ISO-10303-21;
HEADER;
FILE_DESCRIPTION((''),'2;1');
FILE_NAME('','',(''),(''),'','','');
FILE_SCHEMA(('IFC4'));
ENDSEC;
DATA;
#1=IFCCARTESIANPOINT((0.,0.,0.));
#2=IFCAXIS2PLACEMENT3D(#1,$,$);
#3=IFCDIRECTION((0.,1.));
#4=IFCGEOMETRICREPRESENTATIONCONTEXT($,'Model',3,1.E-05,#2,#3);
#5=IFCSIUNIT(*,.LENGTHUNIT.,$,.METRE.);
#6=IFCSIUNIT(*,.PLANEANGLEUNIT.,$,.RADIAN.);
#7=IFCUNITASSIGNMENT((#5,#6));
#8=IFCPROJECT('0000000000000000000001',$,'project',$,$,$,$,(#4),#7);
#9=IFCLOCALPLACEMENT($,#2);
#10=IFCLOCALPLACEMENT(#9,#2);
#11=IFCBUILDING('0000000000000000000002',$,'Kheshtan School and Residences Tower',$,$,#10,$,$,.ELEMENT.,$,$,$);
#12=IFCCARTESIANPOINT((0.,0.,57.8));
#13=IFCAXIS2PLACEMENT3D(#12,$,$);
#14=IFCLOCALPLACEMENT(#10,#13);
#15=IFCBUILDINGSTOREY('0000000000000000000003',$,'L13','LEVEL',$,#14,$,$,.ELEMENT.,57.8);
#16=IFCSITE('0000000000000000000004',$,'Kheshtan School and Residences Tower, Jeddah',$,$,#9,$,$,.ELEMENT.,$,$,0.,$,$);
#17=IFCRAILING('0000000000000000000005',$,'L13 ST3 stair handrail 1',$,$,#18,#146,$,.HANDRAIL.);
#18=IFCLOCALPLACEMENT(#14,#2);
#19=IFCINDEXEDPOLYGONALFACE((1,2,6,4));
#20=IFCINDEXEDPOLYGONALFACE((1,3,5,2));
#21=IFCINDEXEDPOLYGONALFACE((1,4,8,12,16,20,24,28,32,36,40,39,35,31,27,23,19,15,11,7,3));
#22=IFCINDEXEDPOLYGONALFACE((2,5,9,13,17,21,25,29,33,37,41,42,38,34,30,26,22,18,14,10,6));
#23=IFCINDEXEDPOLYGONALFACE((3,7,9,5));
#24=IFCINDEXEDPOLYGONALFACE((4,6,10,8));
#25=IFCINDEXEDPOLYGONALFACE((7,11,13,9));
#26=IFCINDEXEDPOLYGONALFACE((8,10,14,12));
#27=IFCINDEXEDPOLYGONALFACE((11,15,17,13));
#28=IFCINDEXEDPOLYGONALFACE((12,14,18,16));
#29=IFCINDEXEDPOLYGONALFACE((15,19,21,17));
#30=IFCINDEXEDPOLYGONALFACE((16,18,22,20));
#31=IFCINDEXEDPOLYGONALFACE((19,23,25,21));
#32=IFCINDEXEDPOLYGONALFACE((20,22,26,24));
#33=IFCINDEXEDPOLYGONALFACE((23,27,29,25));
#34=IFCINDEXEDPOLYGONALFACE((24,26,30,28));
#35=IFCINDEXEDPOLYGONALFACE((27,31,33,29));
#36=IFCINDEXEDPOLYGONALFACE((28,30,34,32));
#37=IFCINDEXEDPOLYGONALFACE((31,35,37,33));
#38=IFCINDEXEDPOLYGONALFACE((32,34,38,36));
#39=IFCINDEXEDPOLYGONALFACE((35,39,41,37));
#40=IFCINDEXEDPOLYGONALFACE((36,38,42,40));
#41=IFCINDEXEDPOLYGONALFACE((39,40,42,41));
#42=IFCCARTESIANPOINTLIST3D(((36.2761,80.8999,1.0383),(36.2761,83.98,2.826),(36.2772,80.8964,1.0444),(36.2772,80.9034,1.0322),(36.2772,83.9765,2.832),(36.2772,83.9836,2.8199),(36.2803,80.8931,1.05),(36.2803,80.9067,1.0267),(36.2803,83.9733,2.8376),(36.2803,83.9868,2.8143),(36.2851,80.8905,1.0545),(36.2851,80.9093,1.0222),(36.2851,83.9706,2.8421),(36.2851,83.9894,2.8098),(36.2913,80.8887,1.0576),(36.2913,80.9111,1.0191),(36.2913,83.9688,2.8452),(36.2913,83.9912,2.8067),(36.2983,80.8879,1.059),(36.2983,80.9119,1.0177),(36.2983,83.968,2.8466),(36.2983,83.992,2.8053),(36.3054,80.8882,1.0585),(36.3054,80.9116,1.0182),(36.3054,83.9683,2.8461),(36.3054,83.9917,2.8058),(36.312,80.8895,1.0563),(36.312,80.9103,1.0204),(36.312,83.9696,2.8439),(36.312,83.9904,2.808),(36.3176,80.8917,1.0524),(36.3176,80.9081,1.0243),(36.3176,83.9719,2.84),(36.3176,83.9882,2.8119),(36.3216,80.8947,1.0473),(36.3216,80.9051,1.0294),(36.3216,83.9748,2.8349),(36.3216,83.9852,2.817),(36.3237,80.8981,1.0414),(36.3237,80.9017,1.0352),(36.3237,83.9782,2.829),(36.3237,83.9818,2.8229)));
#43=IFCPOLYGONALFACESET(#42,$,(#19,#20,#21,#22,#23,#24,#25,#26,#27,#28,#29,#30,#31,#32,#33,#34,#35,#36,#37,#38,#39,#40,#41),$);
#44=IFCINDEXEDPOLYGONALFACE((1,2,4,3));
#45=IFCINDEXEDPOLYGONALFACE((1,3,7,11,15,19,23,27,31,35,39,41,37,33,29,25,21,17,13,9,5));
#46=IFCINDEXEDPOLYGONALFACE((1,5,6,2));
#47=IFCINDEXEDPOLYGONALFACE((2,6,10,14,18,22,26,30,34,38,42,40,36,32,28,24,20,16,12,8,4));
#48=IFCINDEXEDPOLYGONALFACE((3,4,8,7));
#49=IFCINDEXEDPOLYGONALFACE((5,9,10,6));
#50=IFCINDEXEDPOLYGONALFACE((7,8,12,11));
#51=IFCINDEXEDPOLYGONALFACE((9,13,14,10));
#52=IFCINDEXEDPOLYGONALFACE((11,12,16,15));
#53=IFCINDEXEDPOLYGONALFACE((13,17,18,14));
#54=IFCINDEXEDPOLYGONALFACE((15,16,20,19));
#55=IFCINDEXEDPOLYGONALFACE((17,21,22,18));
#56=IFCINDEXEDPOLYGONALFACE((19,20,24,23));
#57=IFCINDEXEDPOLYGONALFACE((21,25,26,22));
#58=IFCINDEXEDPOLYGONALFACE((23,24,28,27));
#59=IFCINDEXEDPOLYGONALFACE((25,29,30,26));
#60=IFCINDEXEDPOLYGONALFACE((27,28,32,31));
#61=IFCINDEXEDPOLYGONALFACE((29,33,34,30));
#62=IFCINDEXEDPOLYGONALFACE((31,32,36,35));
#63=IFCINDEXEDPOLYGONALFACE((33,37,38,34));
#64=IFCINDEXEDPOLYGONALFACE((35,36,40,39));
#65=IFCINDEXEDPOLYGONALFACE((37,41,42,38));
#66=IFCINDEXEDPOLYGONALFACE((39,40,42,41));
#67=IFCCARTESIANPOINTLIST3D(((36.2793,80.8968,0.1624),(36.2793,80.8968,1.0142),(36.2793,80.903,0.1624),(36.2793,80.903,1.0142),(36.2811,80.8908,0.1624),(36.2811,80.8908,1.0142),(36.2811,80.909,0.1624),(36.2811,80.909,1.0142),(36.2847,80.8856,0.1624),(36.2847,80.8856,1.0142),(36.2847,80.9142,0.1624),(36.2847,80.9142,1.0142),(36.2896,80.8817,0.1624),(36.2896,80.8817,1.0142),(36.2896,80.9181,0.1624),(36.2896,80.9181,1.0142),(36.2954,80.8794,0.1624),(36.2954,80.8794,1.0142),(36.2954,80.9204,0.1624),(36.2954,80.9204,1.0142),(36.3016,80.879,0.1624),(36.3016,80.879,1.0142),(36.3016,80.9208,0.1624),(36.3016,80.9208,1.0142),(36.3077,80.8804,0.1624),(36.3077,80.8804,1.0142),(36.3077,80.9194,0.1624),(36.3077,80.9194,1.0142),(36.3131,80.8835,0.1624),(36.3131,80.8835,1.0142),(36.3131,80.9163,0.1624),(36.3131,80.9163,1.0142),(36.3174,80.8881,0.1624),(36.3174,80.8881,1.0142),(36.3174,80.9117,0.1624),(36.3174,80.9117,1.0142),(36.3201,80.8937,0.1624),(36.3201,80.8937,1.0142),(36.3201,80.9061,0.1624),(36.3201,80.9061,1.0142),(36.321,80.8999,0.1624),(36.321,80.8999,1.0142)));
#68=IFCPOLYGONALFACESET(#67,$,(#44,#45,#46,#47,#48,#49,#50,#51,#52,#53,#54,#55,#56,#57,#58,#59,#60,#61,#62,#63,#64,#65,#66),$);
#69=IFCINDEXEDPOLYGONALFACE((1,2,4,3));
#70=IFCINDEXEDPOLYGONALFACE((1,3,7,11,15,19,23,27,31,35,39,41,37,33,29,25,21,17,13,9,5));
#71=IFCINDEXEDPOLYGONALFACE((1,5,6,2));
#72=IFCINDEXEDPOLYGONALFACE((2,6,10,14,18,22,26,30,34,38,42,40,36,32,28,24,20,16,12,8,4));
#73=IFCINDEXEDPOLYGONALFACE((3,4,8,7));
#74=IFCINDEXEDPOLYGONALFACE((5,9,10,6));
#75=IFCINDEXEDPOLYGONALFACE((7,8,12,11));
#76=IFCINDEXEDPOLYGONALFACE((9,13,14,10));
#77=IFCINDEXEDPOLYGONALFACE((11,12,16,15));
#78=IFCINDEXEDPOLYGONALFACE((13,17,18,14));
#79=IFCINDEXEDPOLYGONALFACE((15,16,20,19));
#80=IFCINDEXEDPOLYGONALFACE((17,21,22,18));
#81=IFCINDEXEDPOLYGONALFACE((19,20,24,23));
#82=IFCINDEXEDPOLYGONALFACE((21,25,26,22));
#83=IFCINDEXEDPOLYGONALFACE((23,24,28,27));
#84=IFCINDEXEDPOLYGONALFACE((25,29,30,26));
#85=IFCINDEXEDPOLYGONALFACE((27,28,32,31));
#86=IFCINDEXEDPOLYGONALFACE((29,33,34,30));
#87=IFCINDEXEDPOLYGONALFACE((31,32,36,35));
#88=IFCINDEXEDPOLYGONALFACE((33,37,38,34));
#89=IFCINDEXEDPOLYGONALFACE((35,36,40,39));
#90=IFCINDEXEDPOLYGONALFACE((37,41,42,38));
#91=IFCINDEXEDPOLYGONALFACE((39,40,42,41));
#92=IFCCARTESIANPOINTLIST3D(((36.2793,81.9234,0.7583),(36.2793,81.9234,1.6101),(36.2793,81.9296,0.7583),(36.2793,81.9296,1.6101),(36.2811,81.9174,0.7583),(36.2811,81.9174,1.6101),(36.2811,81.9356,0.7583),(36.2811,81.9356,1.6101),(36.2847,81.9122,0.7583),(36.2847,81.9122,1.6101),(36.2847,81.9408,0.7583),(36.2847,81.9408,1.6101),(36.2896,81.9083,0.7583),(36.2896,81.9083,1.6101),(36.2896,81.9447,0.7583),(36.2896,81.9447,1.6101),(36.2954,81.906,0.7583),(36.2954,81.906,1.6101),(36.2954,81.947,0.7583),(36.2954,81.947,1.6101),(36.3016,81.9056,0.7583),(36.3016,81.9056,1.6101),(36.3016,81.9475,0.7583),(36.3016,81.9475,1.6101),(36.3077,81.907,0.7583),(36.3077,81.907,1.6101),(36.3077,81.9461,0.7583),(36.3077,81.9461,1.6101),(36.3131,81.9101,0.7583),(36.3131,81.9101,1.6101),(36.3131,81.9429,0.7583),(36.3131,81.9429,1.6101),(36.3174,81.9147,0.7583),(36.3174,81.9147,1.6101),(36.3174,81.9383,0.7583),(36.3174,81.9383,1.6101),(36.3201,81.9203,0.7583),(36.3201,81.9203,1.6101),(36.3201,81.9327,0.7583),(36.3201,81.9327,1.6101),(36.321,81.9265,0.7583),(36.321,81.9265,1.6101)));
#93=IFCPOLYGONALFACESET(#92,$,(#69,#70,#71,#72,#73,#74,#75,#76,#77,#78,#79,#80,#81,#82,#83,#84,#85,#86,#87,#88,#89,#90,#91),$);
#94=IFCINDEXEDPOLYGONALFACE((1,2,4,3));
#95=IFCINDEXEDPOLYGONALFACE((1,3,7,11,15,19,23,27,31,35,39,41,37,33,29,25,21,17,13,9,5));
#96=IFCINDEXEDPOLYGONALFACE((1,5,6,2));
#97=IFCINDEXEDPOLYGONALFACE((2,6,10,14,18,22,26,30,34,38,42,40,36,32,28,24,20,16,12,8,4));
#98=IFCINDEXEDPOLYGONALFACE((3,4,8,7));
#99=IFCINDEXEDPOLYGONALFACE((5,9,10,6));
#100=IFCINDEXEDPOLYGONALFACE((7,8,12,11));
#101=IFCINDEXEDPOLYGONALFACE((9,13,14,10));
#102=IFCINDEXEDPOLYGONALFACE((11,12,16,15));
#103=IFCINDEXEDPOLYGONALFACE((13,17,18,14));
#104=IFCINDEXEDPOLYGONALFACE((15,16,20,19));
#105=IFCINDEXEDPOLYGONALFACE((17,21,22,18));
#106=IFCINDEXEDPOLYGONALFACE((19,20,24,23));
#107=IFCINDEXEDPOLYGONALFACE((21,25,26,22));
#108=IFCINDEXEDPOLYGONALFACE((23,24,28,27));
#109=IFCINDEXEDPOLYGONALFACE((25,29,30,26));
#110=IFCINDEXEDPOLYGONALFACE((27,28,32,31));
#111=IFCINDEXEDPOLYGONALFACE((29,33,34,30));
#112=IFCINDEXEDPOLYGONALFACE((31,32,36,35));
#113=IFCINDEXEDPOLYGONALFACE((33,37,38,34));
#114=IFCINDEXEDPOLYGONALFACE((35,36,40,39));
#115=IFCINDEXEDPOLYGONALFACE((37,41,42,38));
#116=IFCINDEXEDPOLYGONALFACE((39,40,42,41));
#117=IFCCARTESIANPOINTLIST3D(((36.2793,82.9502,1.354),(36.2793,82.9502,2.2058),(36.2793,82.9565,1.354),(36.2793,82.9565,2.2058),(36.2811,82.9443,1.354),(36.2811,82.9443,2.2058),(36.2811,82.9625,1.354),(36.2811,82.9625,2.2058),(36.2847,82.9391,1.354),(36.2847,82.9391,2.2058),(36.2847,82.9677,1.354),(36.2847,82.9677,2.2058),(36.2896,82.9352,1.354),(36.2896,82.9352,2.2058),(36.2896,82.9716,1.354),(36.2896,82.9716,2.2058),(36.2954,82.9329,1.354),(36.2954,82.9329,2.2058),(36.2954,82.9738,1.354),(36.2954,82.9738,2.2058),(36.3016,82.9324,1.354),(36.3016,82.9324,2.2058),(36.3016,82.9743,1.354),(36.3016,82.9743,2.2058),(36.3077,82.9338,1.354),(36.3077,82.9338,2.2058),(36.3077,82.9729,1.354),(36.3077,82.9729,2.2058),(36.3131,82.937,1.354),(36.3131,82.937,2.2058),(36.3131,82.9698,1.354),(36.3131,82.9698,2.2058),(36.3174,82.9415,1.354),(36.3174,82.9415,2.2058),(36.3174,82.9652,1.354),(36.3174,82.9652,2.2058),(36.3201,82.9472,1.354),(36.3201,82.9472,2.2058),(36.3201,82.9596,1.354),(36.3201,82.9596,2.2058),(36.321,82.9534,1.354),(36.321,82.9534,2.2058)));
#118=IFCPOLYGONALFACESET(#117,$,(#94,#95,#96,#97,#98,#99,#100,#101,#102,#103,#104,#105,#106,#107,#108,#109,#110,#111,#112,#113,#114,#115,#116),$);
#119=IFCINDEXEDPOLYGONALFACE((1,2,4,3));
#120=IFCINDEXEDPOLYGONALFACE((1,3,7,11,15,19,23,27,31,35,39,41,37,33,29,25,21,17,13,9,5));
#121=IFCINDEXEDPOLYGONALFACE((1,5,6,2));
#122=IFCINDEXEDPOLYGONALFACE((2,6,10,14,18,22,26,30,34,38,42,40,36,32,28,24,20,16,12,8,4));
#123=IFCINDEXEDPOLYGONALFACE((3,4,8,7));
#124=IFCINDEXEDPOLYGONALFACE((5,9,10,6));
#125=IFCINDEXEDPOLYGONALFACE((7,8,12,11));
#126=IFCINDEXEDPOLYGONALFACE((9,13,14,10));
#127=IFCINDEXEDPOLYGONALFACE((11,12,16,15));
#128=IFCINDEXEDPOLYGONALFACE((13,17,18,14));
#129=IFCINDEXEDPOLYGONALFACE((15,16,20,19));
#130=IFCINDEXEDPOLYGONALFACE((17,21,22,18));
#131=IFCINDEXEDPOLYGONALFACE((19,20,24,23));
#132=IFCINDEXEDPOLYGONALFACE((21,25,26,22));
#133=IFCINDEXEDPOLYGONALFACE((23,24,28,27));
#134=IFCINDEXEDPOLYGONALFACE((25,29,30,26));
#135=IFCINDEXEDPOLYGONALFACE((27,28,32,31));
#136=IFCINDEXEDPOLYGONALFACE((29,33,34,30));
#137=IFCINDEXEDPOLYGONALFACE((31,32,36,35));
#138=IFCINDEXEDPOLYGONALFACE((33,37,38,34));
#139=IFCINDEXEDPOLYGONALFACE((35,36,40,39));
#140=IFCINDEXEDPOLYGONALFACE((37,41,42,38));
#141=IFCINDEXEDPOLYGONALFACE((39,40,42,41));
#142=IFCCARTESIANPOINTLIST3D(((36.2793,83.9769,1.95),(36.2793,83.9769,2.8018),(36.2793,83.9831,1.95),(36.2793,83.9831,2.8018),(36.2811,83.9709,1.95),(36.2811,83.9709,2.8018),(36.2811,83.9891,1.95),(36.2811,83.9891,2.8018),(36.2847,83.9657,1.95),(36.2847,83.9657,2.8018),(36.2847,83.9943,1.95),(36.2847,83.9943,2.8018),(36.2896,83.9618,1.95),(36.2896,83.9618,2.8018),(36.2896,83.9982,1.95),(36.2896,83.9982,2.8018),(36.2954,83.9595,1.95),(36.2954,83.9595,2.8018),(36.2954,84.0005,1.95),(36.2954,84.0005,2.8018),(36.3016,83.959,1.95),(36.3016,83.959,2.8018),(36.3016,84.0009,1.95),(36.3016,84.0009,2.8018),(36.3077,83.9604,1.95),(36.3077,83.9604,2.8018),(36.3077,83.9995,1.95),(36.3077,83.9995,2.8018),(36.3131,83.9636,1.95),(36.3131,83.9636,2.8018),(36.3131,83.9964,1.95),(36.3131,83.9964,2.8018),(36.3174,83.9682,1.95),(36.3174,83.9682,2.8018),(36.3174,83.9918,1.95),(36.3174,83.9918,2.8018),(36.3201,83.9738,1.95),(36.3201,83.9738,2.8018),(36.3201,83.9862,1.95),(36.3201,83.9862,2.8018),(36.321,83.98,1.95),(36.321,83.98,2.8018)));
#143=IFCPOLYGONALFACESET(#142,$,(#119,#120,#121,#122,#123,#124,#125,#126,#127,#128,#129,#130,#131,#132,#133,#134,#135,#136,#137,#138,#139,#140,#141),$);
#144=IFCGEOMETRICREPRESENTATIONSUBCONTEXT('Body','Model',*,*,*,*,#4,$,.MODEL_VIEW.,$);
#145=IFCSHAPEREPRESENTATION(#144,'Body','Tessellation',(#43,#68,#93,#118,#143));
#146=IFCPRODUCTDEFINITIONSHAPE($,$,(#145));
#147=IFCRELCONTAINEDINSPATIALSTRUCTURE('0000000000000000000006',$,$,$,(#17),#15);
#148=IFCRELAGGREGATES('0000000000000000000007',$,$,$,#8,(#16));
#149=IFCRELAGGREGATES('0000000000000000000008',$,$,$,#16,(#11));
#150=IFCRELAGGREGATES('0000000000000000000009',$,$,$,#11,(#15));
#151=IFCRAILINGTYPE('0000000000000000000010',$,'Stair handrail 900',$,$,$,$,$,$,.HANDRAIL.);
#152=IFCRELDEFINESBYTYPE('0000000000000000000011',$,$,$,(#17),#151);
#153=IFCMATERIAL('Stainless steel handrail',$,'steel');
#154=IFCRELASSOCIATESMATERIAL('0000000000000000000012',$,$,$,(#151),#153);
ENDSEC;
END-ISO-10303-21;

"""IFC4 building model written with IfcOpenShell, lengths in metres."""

from ifc_helpers import new_model, si_unit, direction, frame, origin, origin_2d, place, context, subcontext, project, spatial, circle, extrude, material, type_object, element, save


model = new_model("IFC4")

# Units and contexts
model_context = context("Model", 3, precision=1e-05, world=origin(), true_north=direction((0.0, 1.0)))
body_context = subcontext(model_context, "Body", "Model", "MODEL_VIEW")
ifc_project = project(units=[si_unit("LENGTHUNIT", "METRE"), si_unit("PLANEANGLEUNIT", "RADIAN")], contexts=[model_context])

# Site, building, storey
site_placement = place(None, origin())
site = spatial("IfcSite", under=ifc_project, at=site_placement, Name="Kheshtan School and Residences Tower, Jeddah", CompositionType="ELEMENT", RefElevation=0.0)
building_placement = place(site_placement, origin())
building = spatial("IfcBuilding", under=site, at=building_placement, Name="Kheshtan School and Residences Tower", CompositionType="ELEMENT")
storey_placement = place(building_placement, frame((0.0, 0.0, 57.8)))
storey = spatial("IfcBuildingStorey", under=building, at=storey_placement, Name="L13", Description="LEVEL", CompositionType="ELEMENT", Elevation=57.8)

# Railing
ifc_material_1 = material(Name="Stainless steel handrail", Category="steel")
railing_type_1 = type_object("IfcRailingType", Name="Stair handrail 900", PredefinedType="HANDRAIL", material=ifc_material_1)
railing_1_placement = place(storey_placement, frame((36.3, 80.8999, 0.1624)))
element("IfcRailing", 1, at=railing_1_placement, inside=storey, type_object=railing_type_1, Name="L13 ST3 stair handrail 1", PredefinedType="HANDRAIL", context=body_context, shape_type="SweptSolid", body=[
    extrude(circle(Radius=0.0239, at=origin_2d()), frame((0.0, 0.0, 0.876), z_axis=(0.0, 0.864891, 0.50196), x_axis=(-1.0, 0.0, 0.0)), (0.0, 0.0, 1.0), 3.5613),
    extrude(circle(Radius=0.021, at=origin_2d()), origin(), (0.0, 0.0, 1.0), 0.8518),
    extrude(circle(Radius=0.021, at=origin_2d()), frame((0.0, 1.0266, 0.5959)), (0.0, 0.0, 1.0), 0.8518),
    extrude(circle(Radius=0.021, at=origin_2d()), frame((0.0, 2.0535, 1.1917)), (0.0, 0.0, 1.0), 0.8518),
    extrude(circle(Radius=0.021, at=origin_2d()), frame((0.0, 3.0801, 1.7876)), (0.0, 0.0, 1.0), 0.8518),
])

save(model, "model.ifc")
